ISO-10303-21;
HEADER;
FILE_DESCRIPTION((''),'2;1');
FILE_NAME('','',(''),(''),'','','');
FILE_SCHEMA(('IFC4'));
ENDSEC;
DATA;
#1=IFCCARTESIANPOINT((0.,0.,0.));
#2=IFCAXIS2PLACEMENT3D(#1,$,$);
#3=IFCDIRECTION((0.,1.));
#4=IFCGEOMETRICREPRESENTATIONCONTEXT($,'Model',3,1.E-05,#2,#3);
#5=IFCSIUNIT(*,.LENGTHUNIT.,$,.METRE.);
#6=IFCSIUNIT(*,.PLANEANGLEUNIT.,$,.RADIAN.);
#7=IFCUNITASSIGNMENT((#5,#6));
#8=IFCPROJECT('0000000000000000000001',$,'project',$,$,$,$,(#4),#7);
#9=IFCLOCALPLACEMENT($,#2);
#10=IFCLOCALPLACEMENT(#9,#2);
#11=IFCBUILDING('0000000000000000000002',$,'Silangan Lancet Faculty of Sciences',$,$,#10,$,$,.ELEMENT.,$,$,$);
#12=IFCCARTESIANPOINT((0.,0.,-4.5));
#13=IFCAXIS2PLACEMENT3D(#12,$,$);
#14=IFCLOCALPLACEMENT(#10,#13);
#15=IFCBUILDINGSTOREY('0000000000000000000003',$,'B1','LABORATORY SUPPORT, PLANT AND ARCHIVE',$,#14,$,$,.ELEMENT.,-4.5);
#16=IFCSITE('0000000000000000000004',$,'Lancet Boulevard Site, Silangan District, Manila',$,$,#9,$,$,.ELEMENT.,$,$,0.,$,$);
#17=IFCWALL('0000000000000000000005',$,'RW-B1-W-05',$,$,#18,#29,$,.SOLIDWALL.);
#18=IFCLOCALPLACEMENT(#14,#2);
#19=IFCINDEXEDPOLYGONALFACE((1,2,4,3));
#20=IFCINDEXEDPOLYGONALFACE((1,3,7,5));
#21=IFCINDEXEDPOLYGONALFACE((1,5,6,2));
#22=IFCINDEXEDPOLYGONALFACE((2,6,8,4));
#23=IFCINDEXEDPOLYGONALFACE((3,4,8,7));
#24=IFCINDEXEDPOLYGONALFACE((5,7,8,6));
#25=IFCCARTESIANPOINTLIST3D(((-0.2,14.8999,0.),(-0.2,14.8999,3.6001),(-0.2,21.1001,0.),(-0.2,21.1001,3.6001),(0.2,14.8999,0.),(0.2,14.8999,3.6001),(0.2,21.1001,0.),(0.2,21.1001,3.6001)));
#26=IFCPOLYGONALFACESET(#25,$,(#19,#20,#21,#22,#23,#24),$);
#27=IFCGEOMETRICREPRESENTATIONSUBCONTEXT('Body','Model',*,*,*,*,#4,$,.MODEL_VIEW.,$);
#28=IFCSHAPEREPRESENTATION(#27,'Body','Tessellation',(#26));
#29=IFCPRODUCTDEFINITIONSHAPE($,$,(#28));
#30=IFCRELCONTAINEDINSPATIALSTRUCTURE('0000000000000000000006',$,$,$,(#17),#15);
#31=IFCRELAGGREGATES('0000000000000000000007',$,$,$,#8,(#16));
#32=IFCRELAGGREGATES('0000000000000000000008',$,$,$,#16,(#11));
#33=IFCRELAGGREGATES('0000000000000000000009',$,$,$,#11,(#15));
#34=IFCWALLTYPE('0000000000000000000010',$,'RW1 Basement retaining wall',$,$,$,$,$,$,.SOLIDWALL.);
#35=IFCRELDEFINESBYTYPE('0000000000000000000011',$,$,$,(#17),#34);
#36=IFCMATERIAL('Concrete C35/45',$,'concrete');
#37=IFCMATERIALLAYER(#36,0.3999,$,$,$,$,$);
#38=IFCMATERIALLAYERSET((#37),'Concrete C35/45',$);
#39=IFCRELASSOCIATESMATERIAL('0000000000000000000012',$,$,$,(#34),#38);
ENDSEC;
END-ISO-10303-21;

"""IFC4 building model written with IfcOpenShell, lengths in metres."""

from ifc_helpers import new_model, si_unit, direction, frame, frame_2d, origin, place, context, subcontext, project, spatial, rectangle, extrude, material, layer, layer_set, type_object, element, save


model = new_model("IFC4")

# Units and contexts
model_context = context("Model", 3, precision=1e-05, world=origin(), true_north=direction((0.0, 1.0)))
body_context = subcontext(model_context, "Body", "Model", "MODEL_VIEW")
ifc_project = project(units=[si_unit("LENGTHUNIT", "METRE"), si_unit("PLANEANGLEUNIT", "RADIAN")], contexts=[model_context])

# Site, building, storey
site_placement = place(None, origin())
site = spatial("IfcSite", under=ifc_project, at=site_placement, Name="Lancet Boulevard Site, Silangan District, Manila", CompositionType="ELEMENT", RefElevation=0.0)
building_placement = place(site_placement, origin())
building = spatial("IfcBuilding", under=site, at=building_placement, Name="Silangan Lancet Faculty of Sciences", CompositionType="ELEMENT")
storey_placement = place(building_placement, frame((0.0, 0.0, -4.5)))
storey = spatial("IfcBuildingStorey", under=building, at=storey_placement, Name="B1", Description="LABORATORY SUPPORT, PLANT AND ARCHIVE", CompositionType="ELEMENT", Elevation=-4.5)

# Wall
ifc_material_1 = material(Name="Concrete C35/45", Category="concrete")
ifc_layer_1 = layer(ifc_material_1, 0.3999)
ifc_layer_set_1 = layer_set([ifc_layer_1], Name="Concrete C35/45")
wall_type_1 = type_object("IfcWallType", Name="RW1 Basement retaining wall", PredefinedType="SOLIDWALL", material=ifc_layer_set_1)
wall_1_placement = place(storey_placement, frame((0.0, 21.1001, 0.0), z_axis=(0.0, 0.0, 1.0), x_axis=(0.0, -1.0, 0.0)))
element("IfcWall", 1, at=wall_1_placement, inside=storey, type_object=wall_type_1, Name="RW-B1-W-05", PredefinedType="SOLIDWALL", context=body_context, shape_type="SweptSolid", body=[
    extrude(rectangle(XDim=6.2002, YDim=0.3999, at=frame_2d((3.1001, 0.0))), origin(), (0.0, 0.0, 1.0), 3.6001),
])

save(model, "model.ifc")
